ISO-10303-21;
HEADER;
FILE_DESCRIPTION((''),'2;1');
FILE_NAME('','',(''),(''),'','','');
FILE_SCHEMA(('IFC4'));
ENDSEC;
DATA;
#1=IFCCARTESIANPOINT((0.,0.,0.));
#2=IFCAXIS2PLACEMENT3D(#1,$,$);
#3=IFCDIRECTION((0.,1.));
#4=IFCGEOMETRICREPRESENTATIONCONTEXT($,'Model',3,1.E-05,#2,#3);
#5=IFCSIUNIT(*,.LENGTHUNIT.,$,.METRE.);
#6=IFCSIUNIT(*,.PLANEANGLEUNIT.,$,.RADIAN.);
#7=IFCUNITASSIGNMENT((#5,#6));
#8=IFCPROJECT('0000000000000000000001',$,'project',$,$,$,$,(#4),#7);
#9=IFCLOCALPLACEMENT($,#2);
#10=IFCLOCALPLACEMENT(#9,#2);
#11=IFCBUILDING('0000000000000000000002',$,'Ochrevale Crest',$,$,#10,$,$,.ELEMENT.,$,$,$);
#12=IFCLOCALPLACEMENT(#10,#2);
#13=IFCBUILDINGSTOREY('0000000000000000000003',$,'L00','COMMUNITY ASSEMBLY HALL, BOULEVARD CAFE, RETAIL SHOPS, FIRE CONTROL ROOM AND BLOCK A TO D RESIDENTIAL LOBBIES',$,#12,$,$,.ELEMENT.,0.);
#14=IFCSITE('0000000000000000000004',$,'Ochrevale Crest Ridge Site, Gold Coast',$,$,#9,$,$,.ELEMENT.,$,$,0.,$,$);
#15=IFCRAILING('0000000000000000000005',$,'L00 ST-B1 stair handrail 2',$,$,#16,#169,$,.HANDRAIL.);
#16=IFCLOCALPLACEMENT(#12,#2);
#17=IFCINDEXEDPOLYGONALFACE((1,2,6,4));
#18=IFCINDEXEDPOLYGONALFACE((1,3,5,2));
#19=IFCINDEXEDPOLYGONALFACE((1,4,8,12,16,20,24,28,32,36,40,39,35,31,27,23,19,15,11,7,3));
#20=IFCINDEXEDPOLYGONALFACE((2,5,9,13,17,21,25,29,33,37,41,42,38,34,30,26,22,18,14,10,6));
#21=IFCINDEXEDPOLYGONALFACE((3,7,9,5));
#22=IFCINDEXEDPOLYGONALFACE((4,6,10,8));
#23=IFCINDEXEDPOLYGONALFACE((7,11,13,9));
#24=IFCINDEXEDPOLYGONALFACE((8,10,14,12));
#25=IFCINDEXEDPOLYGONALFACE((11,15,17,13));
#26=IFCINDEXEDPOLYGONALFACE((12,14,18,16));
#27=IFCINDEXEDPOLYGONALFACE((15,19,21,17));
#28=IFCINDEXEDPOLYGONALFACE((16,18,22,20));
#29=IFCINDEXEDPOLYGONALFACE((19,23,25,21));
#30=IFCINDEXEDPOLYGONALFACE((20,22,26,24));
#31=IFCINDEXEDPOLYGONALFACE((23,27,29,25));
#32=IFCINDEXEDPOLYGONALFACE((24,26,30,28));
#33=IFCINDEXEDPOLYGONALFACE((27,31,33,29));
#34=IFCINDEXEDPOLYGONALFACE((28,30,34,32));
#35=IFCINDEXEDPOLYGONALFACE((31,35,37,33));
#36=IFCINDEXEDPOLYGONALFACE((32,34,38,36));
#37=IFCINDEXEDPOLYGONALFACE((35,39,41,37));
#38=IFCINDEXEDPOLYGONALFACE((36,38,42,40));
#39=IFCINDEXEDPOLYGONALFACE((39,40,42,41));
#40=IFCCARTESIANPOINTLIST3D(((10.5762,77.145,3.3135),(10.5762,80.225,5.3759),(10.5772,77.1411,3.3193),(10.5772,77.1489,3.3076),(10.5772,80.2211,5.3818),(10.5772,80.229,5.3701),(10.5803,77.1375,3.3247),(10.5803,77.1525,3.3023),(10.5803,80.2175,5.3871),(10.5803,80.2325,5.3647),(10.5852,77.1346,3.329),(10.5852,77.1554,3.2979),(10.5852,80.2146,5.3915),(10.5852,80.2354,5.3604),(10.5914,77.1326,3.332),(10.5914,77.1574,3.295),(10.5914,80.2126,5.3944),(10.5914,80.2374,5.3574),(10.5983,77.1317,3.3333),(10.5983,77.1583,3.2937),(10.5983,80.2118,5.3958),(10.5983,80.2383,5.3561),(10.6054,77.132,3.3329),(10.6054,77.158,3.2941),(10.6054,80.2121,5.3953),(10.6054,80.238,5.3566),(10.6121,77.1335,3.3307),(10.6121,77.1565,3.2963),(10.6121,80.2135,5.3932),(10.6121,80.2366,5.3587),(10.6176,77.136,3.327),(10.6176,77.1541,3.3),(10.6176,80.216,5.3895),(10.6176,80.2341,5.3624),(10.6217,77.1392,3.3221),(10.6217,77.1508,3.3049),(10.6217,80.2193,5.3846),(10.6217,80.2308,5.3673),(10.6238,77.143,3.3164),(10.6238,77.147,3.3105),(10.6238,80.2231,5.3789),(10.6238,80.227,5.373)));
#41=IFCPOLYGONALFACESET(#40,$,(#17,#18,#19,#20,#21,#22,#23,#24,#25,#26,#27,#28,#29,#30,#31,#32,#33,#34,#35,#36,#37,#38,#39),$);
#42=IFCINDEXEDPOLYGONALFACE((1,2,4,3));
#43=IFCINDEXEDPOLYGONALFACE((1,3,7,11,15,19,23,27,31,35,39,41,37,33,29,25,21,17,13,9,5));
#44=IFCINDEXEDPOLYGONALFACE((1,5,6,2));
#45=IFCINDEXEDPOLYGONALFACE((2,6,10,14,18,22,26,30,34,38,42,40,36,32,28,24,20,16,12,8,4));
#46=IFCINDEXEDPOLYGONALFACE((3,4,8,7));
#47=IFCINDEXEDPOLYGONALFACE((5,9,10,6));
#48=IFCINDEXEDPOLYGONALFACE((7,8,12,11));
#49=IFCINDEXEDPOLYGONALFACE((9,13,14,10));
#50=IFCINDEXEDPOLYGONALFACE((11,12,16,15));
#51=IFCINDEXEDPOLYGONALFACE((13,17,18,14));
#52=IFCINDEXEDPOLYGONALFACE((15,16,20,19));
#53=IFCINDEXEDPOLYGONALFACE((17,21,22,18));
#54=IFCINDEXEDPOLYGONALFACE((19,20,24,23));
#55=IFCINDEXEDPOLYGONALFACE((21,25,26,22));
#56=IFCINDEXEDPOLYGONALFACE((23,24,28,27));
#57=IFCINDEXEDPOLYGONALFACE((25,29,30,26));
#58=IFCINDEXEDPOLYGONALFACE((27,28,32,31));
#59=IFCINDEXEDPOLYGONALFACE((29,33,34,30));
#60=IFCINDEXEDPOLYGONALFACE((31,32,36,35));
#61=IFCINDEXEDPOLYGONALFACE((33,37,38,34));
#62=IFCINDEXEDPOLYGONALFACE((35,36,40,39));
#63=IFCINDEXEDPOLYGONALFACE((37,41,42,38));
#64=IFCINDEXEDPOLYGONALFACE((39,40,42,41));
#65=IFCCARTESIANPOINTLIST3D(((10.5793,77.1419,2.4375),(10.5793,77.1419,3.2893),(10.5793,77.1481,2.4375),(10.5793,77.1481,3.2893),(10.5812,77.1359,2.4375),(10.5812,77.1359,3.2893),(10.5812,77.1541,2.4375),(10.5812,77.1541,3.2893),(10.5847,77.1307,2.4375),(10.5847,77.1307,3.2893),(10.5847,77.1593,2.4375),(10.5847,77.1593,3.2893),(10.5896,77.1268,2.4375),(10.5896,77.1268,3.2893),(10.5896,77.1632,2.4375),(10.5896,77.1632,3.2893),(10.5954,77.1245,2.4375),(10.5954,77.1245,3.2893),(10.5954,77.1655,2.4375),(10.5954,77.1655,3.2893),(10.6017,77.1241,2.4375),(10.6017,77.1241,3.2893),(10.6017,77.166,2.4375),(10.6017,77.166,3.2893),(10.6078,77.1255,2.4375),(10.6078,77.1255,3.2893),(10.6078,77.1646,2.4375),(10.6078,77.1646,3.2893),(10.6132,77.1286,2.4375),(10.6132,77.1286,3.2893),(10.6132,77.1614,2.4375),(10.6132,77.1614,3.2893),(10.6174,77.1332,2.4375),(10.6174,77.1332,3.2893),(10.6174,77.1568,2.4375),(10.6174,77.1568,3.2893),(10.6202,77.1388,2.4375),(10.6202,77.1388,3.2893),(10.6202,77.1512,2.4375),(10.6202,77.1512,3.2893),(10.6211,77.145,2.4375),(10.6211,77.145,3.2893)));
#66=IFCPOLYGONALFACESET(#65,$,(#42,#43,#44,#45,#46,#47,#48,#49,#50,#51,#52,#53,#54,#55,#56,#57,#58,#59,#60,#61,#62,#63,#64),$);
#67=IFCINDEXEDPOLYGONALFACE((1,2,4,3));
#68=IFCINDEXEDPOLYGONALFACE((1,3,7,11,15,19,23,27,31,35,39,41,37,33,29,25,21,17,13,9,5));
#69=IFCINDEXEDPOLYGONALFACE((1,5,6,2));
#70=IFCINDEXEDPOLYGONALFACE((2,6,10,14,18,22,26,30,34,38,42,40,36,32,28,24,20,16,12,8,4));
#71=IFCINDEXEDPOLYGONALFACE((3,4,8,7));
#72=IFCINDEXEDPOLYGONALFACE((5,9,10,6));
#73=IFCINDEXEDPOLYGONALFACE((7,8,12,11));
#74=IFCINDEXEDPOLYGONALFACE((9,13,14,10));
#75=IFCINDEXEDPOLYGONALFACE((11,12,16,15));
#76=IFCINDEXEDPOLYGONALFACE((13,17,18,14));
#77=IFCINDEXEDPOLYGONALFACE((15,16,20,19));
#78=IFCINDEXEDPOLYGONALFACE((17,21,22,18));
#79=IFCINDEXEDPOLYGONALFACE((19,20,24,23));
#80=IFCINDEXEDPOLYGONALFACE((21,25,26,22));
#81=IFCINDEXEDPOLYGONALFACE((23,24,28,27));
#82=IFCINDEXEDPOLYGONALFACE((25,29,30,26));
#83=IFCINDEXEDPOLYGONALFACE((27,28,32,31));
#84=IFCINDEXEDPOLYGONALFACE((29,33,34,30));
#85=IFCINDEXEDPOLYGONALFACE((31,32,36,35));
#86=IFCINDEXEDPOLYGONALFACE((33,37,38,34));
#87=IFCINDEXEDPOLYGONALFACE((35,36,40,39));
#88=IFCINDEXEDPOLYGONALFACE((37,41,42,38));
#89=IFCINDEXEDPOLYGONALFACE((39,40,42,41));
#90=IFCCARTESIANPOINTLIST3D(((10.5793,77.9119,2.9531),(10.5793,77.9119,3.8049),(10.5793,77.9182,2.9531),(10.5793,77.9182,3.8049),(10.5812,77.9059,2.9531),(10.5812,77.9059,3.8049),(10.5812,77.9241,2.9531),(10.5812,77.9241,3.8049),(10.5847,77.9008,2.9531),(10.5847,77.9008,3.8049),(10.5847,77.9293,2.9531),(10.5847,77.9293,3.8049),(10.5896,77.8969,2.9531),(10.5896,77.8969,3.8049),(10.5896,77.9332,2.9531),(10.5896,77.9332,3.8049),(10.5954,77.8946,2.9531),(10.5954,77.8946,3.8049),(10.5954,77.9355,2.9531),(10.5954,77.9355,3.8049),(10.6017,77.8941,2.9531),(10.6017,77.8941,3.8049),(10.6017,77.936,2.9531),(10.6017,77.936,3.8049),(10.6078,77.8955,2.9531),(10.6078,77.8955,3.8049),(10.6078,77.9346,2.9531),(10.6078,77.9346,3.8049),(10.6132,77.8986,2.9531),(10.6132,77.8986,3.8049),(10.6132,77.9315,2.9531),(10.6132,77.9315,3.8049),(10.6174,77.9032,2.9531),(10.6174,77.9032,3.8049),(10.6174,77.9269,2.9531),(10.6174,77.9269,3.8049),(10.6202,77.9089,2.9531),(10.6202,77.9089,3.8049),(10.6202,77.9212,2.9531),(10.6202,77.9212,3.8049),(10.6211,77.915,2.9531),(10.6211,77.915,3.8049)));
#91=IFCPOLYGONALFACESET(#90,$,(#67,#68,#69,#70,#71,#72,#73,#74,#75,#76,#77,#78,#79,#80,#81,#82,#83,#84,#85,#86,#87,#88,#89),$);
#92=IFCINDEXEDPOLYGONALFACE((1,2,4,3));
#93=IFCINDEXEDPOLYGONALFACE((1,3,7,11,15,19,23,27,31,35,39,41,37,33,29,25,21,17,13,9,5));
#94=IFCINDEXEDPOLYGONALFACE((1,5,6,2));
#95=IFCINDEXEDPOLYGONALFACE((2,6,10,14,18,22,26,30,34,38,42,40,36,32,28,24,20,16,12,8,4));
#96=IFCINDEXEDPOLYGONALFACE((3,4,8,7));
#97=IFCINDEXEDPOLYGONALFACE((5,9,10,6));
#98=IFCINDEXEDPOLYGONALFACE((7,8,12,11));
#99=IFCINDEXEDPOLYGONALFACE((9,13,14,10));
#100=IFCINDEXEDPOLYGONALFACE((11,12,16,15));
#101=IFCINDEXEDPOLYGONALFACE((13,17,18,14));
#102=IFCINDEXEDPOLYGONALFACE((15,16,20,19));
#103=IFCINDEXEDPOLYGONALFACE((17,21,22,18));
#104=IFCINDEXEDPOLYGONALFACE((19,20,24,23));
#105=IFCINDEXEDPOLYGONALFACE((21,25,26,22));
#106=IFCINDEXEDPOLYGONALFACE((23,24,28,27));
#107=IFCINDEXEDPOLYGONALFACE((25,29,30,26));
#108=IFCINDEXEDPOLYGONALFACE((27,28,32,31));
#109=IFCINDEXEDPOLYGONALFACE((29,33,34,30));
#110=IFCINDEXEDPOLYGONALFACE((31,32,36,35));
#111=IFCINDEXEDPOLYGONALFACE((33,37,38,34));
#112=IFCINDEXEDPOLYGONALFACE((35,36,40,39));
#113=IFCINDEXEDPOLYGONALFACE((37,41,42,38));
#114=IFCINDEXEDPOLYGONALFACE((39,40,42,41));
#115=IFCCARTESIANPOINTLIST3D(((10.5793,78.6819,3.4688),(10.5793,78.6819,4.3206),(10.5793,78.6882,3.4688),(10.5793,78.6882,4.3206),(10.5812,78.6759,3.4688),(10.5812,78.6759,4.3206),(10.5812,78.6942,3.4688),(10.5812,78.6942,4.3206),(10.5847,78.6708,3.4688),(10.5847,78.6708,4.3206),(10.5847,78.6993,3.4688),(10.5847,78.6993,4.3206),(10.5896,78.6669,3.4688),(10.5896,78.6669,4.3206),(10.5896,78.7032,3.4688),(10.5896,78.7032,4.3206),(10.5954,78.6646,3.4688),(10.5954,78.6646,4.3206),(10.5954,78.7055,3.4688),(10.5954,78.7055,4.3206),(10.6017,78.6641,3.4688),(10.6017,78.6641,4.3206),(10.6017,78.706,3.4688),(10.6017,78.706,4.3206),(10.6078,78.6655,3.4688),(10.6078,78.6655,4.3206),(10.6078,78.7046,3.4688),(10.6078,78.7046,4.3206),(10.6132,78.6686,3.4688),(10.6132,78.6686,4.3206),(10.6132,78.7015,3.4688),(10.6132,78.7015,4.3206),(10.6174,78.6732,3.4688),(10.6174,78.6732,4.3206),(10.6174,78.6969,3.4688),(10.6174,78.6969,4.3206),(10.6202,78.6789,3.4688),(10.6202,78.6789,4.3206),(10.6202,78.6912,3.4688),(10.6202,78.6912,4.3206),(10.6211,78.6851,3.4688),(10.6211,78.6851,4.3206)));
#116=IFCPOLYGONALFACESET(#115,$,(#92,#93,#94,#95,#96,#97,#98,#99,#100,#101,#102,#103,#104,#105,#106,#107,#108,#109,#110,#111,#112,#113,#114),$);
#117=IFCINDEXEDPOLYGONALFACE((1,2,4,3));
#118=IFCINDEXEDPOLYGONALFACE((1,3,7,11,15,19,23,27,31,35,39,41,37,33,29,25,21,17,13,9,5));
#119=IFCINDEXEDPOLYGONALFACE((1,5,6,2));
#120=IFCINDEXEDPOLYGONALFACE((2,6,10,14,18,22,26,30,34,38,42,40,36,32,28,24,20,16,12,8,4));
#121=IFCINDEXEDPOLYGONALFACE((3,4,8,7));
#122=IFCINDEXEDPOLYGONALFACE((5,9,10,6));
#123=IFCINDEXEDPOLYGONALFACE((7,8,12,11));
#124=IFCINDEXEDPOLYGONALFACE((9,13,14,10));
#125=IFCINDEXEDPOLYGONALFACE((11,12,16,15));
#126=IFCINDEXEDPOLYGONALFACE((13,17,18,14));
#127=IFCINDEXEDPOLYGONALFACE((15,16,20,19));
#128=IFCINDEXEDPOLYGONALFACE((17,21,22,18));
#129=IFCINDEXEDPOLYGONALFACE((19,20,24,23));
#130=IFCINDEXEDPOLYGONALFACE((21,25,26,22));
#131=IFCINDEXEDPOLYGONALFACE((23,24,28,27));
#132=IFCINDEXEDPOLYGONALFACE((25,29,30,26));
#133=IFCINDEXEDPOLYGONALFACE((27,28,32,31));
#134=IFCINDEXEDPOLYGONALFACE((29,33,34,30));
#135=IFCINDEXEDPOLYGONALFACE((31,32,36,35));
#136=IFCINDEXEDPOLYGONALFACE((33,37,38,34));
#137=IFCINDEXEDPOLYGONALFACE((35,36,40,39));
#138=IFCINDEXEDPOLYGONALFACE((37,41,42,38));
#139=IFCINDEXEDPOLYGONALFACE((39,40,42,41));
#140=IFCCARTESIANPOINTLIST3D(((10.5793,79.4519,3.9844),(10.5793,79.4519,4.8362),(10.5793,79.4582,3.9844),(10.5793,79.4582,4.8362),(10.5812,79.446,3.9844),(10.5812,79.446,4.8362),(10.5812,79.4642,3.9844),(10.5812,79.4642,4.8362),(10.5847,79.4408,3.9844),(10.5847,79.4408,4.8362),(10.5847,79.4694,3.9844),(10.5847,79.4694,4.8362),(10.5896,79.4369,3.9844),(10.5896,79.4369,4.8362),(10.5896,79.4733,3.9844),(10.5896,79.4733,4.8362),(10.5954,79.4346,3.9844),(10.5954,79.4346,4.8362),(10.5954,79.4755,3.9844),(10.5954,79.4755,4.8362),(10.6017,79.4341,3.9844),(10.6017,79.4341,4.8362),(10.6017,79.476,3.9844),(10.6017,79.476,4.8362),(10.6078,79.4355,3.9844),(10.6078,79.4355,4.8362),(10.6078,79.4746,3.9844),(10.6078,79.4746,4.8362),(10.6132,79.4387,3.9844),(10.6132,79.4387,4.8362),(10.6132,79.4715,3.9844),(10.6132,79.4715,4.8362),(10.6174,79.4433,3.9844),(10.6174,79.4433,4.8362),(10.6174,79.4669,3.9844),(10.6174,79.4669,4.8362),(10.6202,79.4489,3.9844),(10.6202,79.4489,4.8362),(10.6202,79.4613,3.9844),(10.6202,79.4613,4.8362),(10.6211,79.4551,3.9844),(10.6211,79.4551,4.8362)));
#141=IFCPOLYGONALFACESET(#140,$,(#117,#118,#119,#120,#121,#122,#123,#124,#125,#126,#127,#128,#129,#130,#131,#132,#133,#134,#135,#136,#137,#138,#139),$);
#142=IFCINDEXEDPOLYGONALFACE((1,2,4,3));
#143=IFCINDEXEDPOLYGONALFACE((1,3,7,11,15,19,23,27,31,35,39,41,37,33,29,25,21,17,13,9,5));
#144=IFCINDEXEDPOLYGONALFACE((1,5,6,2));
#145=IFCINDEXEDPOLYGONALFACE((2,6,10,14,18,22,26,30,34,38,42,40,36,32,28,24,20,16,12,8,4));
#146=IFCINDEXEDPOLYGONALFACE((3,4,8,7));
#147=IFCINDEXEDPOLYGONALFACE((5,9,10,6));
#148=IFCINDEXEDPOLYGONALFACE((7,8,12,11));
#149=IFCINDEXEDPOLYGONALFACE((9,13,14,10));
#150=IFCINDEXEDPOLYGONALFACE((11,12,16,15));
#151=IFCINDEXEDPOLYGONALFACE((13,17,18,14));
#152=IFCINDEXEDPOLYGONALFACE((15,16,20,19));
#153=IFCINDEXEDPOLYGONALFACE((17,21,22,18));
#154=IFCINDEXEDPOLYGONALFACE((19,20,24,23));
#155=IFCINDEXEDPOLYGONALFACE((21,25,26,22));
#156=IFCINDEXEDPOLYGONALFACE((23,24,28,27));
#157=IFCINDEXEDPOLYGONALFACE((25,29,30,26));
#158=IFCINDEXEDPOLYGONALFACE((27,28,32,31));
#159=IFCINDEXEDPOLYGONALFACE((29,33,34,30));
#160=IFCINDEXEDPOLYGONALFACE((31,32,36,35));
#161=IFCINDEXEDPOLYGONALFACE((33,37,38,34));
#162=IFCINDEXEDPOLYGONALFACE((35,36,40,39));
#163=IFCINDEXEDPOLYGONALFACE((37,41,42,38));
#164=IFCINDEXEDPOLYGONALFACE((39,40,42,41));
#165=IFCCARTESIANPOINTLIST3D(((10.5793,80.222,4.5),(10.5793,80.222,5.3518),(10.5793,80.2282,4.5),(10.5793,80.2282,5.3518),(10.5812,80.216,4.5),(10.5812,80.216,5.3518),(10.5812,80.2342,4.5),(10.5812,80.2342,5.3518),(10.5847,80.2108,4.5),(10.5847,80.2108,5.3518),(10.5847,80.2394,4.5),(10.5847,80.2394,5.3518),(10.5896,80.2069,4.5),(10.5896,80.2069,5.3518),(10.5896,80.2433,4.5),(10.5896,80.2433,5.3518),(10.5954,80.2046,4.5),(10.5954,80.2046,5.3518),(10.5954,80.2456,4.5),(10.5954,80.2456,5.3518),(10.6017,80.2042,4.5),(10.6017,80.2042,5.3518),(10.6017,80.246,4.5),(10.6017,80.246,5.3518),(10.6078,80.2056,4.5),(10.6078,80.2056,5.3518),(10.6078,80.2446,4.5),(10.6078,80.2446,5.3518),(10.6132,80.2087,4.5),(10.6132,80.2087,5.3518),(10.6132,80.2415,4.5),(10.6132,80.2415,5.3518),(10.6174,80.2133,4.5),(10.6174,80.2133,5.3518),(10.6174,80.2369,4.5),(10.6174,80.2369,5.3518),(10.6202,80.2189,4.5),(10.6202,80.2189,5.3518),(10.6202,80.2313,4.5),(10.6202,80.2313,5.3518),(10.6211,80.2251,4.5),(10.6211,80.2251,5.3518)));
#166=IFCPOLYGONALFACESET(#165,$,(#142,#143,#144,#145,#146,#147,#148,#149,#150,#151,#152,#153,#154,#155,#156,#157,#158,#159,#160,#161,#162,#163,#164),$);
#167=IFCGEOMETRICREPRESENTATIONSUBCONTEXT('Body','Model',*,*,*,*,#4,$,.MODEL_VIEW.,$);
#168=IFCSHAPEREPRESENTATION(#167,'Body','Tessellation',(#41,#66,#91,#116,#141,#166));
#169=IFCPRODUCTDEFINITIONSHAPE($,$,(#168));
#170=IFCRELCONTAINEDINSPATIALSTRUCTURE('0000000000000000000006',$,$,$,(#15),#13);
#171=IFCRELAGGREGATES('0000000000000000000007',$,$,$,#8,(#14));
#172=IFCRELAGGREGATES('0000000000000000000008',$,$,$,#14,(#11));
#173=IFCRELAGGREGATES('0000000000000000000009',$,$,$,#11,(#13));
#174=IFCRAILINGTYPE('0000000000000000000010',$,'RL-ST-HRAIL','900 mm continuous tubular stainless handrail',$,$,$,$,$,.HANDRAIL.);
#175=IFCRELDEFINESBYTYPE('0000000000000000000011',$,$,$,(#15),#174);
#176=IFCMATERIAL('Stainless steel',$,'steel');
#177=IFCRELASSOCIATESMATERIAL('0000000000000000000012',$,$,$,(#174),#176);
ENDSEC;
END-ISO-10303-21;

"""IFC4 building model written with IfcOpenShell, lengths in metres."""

from ifc_helpers import new_model, si_unit, direction, frame, origin, origin_2d, place, context, subcontext, project, spatial, circle, extrude, material, type_object, element, save


model = new_model("IFC4")

# Units and contexts
model_context = context("Model", 3, precision=1e-05, world=origin(), true_north=direction((0.0, 1.0)))
body_context = subcontext(model_context, "Body", "Model", "MODEL_VIEW")
ifc_project = project(units=[si_unit("LENGTHUNIT", "METRE"), si_unit("PLANEANGLEUNIT", "RADIAN")], contexts=[model_context])

# Site, building, storey
site_placement = place(None, origin())
site = spatial("IfcSite", under=ifc_project, at=site_placement, Name="Ochrevale Crest Ridge Site, Gold Coast", CompositionType="ELEMENT", RefElevation=0.0)
building_placement = place(site_placement, origin())
building = spatial("IfcBuilding", under=site, at=building_placement, Name="Ochrevale Crest", CompositionType="ELEMENT")
storey_placement = place(building_placement, origin())
storey = spatial("IfcBuildingStorey", under=building, at=storey_placement, Name="L00", Description="COMMUNITY ASSEMBLY HALL, BOULEVARD CAFE, RETAIL SHOPS, FIRE CONTROL ROOM AND BLOCK A TO D RESIDENTIAL LOBBIES", CompositionType="ELEMENT", Elevation=0.0)

# Railing
ifc_material_1 = material(Name="Stainless steel", Category="steel")
railing_type_1 = type_object("IfcRailingType", Name="RL-ST-HRAIL", Description="900 mm continuous tubular stainless handrail", PredefinedType="HANDRAIL", material=ifc_material_1)
railing_1_placement = place(storey_placement, frame((10.6001, 77.145, 2.4375)))
element("IfcRailing", 1, at=railing_1_placement, inside=storey, type_object=railing_type_1, Name="L00 ST-B1 stair handrail 2", PredefinedType="HANDRAIL", context=body_context, shape_type="SweptSolid", body=[
    extrude(circle(Radius=0.0239, at=origin_2d()), frame((0.0, 0.0, 0.876), z_axis=(0.0, 0.830914, 0.556401), x_axis=(-1.0, 0.0, 0.0)), (0.0, 0.0, 1.0), 3.7068),
    extrude(circle(Radius=0.021, at=origin_2d()), origin(), (0.0, 0.0, 1.0), 0.8518),
    extrude(circle(Radius=0.021, at=origin_2d()), frame((0.0, 0.77, 0.5156)), (0.0, 0.0, 1.0), 0.8518),
    extrude(circle(Radius=0.021, at=origin_2d()), frame((0.0, 1.54, 1.0312)), (0.0, 0.0, 1.0), 0.8518),
    extrude(circle(Radius=0.021, at=origin_2d()), frame((0.0, 2.3101, 1.5469)), (0.0, 0.0, 1.0), 0.8518),
    extrude(circle(Radius=0.021, at=origin_2d()), frame((0.0, 3.0801, 2.0625)), (0.0, 0.0, 1.0), 0.8518),
])

save(model, "model.ifc")
